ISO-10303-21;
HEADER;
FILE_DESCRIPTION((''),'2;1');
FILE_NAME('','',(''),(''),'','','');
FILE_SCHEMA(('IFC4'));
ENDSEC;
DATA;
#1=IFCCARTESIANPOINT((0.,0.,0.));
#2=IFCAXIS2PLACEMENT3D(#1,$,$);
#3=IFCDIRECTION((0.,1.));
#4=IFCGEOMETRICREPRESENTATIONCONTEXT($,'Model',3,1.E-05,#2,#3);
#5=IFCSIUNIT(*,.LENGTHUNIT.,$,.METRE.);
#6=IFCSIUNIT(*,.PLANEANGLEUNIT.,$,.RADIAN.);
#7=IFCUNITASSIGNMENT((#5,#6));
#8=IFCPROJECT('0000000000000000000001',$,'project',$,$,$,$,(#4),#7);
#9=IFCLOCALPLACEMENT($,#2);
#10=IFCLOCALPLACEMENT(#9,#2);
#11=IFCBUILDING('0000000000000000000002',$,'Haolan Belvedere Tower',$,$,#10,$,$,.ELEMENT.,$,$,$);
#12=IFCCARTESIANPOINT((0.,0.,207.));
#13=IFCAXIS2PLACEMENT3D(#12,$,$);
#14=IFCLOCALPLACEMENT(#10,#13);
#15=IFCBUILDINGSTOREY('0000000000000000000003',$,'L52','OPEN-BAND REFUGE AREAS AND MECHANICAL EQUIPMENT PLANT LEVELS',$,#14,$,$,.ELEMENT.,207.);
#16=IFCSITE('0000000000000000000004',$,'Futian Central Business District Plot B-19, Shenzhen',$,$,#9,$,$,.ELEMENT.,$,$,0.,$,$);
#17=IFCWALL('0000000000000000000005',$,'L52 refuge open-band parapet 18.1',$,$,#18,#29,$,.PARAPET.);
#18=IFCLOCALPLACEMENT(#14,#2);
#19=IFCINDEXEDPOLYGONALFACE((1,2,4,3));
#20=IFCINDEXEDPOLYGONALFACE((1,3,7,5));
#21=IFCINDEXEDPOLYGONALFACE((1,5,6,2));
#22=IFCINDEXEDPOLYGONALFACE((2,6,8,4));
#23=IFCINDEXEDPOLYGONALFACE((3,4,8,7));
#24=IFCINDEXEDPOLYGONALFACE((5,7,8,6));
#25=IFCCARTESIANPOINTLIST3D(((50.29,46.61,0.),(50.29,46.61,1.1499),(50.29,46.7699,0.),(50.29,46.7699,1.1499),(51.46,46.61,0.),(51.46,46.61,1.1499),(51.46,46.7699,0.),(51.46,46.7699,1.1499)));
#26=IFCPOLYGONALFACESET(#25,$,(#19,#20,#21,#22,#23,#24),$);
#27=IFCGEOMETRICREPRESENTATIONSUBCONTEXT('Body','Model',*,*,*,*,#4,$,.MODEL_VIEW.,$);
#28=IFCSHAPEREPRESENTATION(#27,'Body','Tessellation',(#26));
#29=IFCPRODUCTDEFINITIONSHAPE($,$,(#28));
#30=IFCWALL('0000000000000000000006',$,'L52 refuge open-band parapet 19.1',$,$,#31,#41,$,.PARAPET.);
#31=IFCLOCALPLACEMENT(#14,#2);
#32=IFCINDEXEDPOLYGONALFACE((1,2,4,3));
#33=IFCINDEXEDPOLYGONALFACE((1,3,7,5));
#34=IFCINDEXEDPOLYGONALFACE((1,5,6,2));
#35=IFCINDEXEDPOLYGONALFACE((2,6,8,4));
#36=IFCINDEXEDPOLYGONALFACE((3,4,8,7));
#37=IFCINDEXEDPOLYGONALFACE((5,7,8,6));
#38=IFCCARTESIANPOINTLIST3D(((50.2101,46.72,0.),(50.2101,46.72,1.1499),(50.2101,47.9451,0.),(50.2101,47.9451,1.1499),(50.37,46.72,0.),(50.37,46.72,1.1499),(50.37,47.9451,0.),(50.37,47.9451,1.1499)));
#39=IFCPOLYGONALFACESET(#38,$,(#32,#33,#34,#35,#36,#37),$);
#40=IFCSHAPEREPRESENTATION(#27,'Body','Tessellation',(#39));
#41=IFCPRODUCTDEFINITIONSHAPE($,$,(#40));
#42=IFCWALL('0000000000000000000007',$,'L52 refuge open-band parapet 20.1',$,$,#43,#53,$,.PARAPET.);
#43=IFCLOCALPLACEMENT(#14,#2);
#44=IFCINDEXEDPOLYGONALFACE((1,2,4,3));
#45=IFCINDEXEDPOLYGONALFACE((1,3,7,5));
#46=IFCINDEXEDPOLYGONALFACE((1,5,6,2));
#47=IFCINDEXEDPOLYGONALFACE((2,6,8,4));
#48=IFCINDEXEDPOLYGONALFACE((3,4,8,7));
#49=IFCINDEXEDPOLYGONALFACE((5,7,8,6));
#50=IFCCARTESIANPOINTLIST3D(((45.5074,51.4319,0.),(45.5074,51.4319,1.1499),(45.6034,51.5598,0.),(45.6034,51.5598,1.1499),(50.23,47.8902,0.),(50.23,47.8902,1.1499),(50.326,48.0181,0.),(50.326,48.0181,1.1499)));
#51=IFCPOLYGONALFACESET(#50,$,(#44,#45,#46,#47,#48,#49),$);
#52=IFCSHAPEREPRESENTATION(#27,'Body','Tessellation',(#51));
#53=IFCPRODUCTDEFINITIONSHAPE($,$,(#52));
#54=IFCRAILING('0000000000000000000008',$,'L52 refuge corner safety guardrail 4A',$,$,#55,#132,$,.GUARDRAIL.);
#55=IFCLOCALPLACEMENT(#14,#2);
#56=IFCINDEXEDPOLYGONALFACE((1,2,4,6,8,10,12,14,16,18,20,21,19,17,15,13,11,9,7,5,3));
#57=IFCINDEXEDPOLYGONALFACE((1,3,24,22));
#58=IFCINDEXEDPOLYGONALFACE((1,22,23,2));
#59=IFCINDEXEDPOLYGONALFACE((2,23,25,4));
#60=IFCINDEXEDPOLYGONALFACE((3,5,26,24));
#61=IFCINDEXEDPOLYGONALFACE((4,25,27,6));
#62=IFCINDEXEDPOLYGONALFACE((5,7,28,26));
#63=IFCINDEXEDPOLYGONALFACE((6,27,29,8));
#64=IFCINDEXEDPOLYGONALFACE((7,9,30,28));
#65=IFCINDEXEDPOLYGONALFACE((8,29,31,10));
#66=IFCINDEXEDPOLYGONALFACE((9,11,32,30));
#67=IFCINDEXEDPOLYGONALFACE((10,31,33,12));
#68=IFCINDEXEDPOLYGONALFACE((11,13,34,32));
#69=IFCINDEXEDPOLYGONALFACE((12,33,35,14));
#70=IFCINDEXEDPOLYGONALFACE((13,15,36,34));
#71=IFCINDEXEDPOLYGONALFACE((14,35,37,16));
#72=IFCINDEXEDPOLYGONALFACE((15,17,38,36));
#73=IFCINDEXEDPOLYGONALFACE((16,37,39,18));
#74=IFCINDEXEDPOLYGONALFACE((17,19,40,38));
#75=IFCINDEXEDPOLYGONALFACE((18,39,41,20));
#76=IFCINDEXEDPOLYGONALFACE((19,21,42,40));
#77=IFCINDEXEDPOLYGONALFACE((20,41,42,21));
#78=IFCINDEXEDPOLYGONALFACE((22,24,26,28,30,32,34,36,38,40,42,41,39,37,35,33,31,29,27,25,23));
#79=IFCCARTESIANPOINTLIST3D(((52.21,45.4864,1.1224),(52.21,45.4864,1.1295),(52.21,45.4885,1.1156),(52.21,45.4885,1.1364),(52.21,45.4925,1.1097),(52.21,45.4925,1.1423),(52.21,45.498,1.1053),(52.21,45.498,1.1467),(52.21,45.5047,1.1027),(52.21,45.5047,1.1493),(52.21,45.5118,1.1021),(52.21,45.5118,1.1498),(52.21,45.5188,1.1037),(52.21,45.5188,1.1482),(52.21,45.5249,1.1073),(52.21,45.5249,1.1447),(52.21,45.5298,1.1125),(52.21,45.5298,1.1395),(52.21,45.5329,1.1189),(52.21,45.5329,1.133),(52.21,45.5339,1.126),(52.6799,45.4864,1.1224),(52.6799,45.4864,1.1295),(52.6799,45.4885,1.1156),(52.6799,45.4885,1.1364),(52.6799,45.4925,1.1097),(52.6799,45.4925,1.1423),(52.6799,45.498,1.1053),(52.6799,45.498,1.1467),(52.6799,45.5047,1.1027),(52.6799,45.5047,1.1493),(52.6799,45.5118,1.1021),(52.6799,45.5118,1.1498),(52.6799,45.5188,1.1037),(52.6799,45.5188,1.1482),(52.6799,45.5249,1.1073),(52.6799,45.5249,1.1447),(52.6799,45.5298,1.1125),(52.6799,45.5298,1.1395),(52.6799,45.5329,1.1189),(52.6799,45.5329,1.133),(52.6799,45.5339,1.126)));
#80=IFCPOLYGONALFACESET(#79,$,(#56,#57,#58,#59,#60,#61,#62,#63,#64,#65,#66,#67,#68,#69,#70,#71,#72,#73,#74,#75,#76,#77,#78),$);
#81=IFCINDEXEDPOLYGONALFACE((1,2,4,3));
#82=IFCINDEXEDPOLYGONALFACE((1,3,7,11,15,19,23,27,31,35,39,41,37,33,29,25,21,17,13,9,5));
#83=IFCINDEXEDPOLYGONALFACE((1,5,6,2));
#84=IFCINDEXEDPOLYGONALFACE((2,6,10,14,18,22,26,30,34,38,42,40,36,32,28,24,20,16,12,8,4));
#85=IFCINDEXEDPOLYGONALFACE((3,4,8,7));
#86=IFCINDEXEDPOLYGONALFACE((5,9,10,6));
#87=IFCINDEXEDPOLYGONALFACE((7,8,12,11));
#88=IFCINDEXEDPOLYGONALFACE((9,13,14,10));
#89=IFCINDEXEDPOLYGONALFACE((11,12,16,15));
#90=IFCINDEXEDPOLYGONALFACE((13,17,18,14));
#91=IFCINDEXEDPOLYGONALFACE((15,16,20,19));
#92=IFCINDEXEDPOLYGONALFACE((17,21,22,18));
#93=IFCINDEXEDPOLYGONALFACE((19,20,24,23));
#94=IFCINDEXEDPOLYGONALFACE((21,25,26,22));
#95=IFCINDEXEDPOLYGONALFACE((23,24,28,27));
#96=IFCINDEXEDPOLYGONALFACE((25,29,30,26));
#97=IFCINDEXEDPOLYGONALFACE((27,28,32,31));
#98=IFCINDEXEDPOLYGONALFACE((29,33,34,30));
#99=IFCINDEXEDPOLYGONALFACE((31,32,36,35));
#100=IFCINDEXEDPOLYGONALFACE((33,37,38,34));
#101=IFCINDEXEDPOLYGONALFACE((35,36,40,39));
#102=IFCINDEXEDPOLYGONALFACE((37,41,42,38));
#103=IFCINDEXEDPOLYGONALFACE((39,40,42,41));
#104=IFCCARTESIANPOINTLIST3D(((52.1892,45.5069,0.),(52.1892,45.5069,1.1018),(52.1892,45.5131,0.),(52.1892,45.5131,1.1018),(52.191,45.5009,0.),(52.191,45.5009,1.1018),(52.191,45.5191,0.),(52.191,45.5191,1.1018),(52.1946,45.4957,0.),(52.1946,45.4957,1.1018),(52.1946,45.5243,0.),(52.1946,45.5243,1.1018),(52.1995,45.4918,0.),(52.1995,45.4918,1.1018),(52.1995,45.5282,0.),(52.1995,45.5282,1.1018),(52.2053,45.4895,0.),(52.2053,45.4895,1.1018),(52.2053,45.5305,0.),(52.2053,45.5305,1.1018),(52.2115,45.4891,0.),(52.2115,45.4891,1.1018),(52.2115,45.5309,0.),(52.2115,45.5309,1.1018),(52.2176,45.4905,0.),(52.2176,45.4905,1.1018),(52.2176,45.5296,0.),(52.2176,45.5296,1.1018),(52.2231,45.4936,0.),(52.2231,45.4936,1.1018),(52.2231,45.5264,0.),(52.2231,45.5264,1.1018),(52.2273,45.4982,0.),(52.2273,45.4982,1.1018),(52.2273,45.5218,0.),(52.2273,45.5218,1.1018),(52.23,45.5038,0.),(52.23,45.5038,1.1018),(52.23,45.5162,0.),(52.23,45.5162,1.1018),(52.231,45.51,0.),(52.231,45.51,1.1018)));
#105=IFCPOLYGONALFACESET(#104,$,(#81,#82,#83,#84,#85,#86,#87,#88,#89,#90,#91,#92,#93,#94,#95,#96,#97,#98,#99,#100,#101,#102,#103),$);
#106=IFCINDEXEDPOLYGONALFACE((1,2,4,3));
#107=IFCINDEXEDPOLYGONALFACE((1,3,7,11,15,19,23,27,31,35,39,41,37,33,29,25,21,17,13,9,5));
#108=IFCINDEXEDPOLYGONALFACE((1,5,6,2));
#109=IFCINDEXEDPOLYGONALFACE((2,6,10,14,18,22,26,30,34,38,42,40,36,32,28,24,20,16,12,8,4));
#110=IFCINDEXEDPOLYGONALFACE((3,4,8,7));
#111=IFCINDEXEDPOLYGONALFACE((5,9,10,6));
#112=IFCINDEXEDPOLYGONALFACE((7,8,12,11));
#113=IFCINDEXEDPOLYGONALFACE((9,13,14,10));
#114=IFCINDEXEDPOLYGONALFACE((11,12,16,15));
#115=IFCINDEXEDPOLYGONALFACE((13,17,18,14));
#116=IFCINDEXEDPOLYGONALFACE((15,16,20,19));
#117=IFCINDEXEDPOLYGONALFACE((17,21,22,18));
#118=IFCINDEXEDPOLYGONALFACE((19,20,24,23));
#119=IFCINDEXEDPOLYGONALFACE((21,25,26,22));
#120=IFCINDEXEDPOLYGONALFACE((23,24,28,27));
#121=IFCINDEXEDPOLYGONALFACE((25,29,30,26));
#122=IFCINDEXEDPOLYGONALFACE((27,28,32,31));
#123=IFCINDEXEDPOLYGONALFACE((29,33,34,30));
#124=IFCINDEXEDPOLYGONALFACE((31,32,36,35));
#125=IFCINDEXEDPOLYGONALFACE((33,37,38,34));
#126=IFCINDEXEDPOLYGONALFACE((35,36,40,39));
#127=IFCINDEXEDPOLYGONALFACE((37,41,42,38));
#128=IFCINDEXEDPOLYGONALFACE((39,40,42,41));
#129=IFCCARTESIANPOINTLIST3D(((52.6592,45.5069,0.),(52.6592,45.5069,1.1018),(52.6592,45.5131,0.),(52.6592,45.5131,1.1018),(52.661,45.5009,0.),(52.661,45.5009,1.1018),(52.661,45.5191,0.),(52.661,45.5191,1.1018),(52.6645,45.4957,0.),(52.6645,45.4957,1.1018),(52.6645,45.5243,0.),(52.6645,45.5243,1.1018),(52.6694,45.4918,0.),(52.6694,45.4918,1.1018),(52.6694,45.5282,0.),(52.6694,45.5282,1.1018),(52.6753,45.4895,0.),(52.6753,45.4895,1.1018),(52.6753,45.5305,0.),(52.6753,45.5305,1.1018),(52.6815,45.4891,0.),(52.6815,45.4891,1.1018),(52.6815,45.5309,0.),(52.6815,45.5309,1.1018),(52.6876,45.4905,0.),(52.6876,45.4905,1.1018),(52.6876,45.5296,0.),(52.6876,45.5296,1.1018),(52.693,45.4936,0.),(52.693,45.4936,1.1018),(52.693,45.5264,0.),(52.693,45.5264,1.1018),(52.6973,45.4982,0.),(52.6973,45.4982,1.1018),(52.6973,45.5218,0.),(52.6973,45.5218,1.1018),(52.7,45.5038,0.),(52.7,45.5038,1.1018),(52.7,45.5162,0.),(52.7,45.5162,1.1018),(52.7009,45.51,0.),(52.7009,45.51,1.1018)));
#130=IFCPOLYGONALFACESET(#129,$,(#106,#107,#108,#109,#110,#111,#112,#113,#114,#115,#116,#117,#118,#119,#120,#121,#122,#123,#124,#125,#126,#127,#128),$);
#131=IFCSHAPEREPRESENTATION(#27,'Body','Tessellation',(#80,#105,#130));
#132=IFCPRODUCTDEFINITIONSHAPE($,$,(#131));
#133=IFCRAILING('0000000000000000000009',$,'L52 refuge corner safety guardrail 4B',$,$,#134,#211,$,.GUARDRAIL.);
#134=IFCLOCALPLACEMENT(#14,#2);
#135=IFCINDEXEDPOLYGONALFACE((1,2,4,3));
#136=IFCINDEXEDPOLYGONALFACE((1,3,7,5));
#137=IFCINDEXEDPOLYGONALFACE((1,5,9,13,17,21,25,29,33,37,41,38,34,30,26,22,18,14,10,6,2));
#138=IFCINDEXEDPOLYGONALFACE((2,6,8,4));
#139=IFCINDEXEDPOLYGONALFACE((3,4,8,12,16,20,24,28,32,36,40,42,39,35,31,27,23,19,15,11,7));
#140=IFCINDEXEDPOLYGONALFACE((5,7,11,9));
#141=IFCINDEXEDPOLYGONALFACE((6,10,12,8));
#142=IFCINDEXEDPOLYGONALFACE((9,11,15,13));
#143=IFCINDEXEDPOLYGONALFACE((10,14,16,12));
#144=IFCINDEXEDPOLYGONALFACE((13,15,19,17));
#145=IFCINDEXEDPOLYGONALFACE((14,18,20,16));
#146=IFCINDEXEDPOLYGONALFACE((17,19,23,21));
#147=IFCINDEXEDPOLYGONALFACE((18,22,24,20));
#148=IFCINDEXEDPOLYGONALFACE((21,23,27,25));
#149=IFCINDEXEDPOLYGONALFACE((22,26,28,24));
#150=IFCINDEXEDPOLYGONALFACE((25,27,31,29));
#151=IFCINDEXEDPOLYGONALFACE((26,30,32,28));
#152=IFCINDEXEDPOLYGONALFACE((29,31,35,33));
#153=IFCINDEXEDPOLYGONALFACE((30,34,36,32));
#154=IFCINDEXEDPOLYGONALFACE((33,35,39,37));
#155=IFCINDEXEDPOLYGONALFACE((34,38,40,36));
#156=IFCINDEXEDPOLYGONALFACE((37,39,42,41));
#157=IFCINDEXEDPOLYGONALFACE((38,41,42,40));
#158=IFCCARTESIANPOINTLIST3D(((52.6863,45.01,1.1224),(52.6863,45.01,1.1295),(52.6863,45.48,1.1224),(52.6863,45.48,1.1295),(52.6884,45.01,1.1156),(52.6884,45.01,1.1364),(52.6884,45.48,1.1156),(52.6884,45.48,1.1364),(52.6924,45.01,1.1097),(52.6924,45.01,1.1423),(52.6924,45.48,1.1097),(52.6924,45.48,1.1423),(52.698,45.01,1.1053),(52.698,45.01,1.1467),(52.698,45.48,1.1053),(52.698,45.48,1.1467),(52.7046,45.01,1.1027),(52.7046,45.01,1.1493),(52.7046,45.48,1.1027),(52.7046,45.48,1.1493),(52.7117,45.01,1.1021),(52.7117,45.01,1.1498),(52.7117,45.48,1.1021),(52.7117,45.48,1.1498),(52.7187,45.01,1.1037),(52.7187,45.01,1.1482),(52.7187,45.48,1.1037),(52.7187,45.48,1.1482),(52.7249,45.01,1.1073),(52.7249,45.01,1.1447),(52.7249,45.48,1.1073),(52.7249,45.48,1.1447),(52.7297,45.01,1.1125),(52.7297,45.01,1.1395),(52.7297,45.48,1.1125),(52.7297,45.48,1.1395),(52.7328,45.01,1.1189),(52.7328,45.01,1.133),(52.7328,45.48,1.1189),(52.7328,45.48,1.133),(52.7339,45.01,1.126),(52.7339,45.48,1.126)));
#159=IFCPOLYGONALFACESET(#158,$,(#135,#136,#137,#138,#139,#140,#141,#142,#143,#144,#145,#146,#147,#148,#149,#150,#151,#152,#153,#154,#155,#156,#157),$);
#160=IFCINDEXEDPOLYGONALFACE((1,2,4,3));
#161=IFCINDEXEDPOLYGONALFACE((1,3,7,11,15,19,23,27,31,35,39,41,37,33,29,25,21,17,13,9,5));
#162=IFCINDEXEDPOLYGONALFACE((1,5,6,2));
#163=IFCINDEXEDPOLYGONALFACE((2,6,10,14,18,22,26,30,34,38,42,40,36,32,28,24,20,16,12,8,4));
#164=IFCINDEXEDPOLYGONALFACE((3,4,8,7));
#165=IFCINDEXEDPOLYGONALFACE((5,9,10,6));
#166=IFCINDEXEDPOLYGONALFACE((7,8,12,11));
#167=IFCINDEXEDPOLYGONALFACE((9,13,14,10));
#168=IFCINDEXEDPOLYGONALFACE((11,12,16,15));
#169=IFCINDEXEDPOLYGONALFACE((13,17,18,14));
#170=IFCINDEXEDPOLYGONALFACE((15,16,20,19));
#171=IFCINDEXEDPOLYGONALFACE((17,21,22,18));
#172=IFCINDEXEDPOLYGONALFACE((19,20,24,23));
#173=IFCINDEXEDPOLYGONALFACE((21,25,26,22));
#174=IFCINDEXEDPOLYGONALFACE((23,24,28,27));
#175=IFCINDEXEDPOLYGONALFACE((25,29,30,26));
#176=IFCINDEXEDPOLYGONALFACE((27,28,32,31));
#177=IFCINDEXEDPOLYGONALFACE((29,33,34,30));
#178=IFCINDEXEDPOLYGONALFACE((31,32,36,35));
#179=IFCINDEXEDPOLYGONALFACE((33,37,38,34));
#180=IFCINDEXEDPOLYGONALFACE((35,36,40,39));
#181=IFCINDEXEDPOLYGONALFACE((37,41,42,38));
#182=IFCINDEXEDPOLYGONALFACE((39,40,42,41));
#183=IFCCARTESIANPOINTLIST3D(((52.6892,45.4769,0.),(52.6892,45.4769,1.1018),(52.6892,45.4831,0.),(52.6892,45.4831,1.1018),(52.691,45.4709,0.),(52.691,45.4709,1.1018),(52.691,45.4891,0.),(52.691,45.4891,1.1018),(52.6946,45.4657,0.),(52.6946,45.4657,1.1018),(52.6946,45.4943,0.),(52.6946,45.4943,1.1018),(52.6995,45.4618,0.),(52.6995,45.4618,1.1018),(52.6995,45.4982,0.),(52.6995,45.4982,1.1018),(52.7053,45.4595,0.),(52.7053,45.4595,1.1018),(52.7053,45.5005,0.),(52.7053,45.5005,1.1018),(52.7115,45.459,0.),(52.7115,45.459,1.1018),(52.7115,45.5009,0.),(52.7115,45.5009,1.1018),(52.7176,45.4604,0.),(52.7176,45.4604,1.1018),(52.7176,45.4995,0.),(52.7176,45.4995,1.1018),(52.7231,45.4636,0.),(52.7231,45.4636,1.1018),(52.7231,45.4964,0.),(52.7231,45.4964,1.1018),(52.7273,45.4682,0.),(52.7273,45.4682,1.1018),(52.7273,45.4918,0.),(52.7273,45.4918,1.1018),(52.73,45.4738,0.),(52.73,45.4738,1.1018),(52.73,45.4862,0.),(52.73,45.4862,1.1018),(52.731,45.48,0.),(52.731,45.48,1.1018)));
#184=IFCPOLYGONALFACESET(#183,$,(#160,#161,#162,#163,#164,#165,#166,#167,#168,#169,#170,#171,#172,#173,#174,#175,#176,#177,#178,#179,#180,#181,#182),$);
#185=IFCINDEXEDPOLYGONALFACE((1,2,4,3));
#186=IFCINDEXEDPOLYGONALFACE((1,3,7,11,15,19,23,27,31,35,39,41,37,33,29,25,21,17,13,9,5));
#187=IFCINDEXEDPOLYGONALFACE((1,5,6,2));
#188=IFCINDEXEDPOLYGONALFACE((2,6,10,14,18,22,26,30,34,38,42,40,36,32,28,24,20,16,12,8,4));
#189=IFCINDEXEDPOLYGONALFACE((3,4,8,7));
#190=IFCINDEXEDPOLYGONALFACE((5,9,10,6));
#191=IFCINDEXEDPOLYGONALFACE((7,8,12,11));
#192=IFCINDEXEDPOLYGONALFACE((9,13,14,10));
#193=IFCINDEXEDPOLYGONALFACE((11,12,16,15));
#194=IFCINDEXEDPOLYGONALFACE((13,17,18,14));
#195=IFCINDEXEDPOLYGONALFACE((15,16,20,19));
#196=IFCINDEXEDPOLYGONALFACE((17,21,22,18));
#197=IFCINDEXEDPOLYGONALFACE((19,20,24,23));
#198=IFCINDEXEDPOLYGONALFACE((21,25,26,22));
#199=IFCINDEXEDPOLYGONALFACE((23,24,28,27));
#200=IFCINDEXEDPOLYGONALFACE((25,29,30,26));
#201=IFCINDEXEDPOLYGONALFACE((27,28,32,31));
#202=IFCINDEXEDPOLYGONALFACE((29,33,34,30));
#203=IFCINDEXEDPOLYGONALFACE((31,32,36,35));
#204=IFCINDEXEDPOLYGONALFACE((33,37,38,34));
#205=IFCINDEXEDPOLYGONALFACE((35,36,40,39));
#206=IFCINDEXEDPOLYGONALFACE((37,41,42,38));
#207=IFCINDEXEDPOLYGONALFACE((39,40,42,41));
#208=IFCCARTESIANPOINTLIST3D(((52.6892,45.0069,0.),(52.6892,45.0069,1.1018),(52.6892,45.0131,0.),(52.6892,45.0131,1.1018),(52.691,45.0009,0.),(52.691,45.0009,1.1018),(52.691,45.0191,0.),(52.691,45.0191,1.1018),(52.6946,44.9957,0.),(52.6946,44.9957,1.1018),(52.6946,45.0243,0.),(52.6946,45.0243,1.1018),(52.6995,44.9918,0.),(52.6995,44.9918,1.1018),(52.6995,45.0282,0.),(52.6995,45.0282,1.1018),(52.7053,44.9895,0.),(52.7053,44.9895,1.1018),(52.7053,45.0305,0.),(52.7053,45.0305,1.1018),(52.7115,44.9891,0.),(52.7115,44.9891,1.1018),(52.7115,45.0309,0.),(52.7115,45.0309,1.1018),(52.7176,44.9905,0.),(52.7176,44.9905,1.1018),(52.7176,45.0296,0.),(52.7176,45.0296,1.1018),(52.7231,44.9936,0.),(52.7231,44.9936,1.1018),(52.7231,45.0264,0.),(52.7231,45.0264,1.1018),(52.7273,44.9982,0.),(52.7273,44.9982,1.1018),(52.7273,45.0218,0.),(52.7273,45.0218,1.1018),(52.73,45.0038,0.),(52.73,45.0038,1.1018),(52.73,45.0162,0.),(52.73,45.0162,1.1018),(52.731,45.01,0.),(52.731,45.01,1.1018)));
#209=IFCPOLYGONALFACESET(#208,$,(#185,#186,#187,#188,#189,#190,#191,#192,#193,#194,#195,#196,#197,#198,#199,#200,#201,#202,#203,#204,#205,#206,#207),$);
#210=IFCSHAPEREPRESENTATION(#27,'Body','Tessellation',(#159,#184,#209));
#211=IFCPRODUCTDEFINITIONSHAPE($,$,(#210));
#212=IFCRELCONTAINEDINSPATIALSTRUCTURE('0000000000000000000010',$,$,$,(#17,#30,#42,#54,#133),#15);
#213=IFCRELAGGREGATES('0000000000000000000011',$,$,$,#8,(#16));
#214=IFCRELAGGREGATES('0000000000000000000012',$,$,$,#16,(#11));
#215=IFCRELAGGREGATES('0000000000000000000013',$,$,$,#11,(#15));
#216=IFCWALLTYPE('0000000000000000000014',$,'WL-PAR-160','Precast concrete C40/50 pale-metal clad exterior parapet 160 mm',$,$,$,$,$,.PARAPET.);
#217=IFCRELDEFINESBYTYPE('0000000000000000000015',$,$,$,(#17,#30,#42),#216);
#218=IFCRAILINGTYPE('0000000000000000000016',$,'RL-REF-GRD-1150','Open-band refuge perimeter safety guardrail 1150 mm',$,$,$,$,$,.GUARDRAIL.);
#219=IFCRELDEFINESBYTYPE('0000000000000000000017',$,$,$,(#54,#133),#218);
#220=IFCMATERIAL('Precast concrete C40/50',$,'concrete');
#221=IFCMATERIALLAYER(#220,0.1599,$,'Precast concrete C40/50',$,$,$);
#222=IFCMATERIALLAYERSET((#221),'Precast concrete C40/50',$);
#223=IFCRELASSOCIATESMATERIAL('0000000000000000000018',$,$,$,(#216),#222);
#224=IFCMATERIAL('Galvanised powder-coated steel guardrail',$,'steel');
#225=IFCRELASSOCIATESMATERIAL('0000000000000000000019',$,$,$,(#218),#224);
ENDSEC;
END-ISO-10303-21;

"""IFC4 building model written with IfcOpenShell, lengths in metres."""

from ifc_helpers import new_model, si_unit, direction, frame, frame_2d, origin, origin_2d, place, context, subcontext, project, spatial, rectangle, circle, extrude, material, layer, layer_set, type_object, element, save


model = new_model("IFC4")

# Units and contexts
model_context = context("Model", 3, precision=1e-05, world=origin(), true_north=direction((0.0, 1.0)))
body_context = subcontext(model_context, "Body", "Model", "MODEL_VIEW")
ifc_project = project(units=[si_unit("LENGTHUNIT", "METRE"), si_unit("PLANEANGLEUNIT", "RADIAN")], contexts=[model_context])

# Site, building, storey
site_placement = place(None, origin())
site = spatial("IfcSite", under=ifc_project, at=site_placement, Name="Futian Central Business District Plot B-19, Shenzhen", CompositionType="ELEMENT", RefElevation=0.0)
building_placement = place(site_placement, origin())
building = spatial("IfcBuilding", under=site, at=building_placement, Name="Haolan Belvedere Tower", CompositionType="ELEMENT")
storey_placement = place(building_placement, frame((0.0, 0.0, 207.0)))
storey = spatial("IfcBuildingStorey", under=building, at=storey_placement, Name="L52", Description="OPEN-BAND REFUGE AREAS AND MECHANICAL EQUIPMENT PLANT LEVELS", CompositionType="ELEMENT", Elevation=207.0)

# Walls
ifc_material_1 = material(Name="Precast concrete C40/50", Category="concrete")
ifc_layer_1 = layer(ifc_material_1, 0.1599, Name="Precast concrete C40/50")
ifc_layer_set_1 = layer_set([ifc_layer_1], Name="Precast concrete C40/50")
wall_type_1 = type_object("IfcWallType", Name="WL-PAR-160", Description="Precast concrete C40/50 pale-metal clad exterior parapet 160 mm", PredefinedType="PARAPET", material=ifc_layer_set_1)
for number, where, z_axis, x_axis, name in (
    (1, (51.46, 46.6899, 0.0), (0.0, 0.0, 1.0), (-1.0, 0.0, 0.0), "L52 refuge open-band parapet 18.1"),
):
    element("IfcWall", number, at=place(storey_placement, frame(where, z_axis=z_axis, x_axis=x_axis)), inside=storey, type_object=wall_type_1, Name=name, PredefinedType="PARAPET", context=body_context, shape_type="SweptSolid", body=[
        extrude(rectangle(XDim=1.1699, YDim=0.1599, at=frame_2d((0.585, 0.0))), origin(), (0.0, 0.0, 1.0), 1.1499),
    ])
wall_1_placement = place(storey_placement, frame((50.29, 46.72, 0.0), z_axis=(0.0, 0.0, 1.0), x_axis=(0.0, 1.0, 0.0)))
element("IfcWall", 2, at=wall_1_placement, inside=storey, type_object=wall_type_1, Name="L52 refuge open-band parapet 19.1", PredefinedType="PARAPET", context=body_context, shape_type="SweptSolid", body=[
    extrude(rectangle(XDim=1.2251, YDim=0.1599, at=frame_2d((0.6125, 0.0))), origin(), (0.0, 0.0, 1.0), 1.1499),
])
wall_2_placement = place(storey_placement, frame((50.2781, 47.9541, 0.0), z_axis=(0.0, 0.0, 1.0), x_axis=(-0.80002, 0.599974, 0.0)))
element("IfcWall", 3, at=wall_2_placement, inside=storey, type_object=wall_type_1, Name="L52 refuge open-band parapet 20.1", PredefinedType="PARAPET", context=body_context, shape_type="SweptSolid", body=[
    extrude(rectangle(XDim=5.9031, YDim=0.1599, at=frame_2d((2.9517, 0.0))), origin(), (0.0, 0.0, 1.0), 1.1499),
])

# Railings
ifc_material_2 = material(Name="Galvanised powder-coated steel guardrail", Category="steel")
railing_type = type_object("IfcRailingType", Name="RL-REF-GRD-1150", Description="Open-band refuge perimeter safety guardrail 1150 mm", PredefinedType="GUARDRAIL", material=ifc_material_2)
railing_1_placement = place(storey_placement, frame((52.21, 45.51, 0.0)))
element("IfcRailing", 4, at=railing_1_placement, inside=storey, type_object=railing_type, Name="L52 refuge corner safety guardrail 4A", PredefinedType="GUARDRAIL", context=body_context, shape_type="SweptSolid", body=[
    extrude(circle(Radius=0.0239, at=origin_2d()), frame((0.0, 0.0, 1.126), z_axis=(1.0, 0.0, 0.0), x_axis=(0.0, 1.0, 0.0)), (0.0, 0.0, 1.0), 0.47),
    extrude(circle(Radius=0.021, at=origin_2d()), origin(), (0.0, 0.0, 1.0), 1.1018),
    extrude(circle(Radius=0.021, at=origin_2d()), frame((0.47, 0.0, 0.0)), (0.0, 0.0, 1.0), 1.1018),
])
railing_2_placement = place(storey_placement, frame((52.71, 45.48, 0.0)))
element("IfcRailing", 5, at=railing_2_placement, inside=storey, type_object=railing_type, Name="L52 refuge corner safety guardrail 4B", PredefinedType="GUARDRAIL", context=body_context, shape_type="SweptSolid", body=[
    extrude(circle(Radius=0.0239, at=origin_2d()), frame((0.0, 0.0, 1.126), z_axis=(0.0, -1.0, 0.0), x_axis=(1.0, 0.0, 0.0)), (0.0, 0.0, 1.0), 0.47),
    extrude(circle(Radius=0.021, at=origin_2d()), origin(), (0.0, 0.0, 1.0), 1.1018),
    extrude(circle(Radius=0.021, at=origin_2d()), frame((0.0, -0.47, 0.0)), (0.0, 0.0, 1.0), 1.1018),
])

save(model, "model.ifc")
